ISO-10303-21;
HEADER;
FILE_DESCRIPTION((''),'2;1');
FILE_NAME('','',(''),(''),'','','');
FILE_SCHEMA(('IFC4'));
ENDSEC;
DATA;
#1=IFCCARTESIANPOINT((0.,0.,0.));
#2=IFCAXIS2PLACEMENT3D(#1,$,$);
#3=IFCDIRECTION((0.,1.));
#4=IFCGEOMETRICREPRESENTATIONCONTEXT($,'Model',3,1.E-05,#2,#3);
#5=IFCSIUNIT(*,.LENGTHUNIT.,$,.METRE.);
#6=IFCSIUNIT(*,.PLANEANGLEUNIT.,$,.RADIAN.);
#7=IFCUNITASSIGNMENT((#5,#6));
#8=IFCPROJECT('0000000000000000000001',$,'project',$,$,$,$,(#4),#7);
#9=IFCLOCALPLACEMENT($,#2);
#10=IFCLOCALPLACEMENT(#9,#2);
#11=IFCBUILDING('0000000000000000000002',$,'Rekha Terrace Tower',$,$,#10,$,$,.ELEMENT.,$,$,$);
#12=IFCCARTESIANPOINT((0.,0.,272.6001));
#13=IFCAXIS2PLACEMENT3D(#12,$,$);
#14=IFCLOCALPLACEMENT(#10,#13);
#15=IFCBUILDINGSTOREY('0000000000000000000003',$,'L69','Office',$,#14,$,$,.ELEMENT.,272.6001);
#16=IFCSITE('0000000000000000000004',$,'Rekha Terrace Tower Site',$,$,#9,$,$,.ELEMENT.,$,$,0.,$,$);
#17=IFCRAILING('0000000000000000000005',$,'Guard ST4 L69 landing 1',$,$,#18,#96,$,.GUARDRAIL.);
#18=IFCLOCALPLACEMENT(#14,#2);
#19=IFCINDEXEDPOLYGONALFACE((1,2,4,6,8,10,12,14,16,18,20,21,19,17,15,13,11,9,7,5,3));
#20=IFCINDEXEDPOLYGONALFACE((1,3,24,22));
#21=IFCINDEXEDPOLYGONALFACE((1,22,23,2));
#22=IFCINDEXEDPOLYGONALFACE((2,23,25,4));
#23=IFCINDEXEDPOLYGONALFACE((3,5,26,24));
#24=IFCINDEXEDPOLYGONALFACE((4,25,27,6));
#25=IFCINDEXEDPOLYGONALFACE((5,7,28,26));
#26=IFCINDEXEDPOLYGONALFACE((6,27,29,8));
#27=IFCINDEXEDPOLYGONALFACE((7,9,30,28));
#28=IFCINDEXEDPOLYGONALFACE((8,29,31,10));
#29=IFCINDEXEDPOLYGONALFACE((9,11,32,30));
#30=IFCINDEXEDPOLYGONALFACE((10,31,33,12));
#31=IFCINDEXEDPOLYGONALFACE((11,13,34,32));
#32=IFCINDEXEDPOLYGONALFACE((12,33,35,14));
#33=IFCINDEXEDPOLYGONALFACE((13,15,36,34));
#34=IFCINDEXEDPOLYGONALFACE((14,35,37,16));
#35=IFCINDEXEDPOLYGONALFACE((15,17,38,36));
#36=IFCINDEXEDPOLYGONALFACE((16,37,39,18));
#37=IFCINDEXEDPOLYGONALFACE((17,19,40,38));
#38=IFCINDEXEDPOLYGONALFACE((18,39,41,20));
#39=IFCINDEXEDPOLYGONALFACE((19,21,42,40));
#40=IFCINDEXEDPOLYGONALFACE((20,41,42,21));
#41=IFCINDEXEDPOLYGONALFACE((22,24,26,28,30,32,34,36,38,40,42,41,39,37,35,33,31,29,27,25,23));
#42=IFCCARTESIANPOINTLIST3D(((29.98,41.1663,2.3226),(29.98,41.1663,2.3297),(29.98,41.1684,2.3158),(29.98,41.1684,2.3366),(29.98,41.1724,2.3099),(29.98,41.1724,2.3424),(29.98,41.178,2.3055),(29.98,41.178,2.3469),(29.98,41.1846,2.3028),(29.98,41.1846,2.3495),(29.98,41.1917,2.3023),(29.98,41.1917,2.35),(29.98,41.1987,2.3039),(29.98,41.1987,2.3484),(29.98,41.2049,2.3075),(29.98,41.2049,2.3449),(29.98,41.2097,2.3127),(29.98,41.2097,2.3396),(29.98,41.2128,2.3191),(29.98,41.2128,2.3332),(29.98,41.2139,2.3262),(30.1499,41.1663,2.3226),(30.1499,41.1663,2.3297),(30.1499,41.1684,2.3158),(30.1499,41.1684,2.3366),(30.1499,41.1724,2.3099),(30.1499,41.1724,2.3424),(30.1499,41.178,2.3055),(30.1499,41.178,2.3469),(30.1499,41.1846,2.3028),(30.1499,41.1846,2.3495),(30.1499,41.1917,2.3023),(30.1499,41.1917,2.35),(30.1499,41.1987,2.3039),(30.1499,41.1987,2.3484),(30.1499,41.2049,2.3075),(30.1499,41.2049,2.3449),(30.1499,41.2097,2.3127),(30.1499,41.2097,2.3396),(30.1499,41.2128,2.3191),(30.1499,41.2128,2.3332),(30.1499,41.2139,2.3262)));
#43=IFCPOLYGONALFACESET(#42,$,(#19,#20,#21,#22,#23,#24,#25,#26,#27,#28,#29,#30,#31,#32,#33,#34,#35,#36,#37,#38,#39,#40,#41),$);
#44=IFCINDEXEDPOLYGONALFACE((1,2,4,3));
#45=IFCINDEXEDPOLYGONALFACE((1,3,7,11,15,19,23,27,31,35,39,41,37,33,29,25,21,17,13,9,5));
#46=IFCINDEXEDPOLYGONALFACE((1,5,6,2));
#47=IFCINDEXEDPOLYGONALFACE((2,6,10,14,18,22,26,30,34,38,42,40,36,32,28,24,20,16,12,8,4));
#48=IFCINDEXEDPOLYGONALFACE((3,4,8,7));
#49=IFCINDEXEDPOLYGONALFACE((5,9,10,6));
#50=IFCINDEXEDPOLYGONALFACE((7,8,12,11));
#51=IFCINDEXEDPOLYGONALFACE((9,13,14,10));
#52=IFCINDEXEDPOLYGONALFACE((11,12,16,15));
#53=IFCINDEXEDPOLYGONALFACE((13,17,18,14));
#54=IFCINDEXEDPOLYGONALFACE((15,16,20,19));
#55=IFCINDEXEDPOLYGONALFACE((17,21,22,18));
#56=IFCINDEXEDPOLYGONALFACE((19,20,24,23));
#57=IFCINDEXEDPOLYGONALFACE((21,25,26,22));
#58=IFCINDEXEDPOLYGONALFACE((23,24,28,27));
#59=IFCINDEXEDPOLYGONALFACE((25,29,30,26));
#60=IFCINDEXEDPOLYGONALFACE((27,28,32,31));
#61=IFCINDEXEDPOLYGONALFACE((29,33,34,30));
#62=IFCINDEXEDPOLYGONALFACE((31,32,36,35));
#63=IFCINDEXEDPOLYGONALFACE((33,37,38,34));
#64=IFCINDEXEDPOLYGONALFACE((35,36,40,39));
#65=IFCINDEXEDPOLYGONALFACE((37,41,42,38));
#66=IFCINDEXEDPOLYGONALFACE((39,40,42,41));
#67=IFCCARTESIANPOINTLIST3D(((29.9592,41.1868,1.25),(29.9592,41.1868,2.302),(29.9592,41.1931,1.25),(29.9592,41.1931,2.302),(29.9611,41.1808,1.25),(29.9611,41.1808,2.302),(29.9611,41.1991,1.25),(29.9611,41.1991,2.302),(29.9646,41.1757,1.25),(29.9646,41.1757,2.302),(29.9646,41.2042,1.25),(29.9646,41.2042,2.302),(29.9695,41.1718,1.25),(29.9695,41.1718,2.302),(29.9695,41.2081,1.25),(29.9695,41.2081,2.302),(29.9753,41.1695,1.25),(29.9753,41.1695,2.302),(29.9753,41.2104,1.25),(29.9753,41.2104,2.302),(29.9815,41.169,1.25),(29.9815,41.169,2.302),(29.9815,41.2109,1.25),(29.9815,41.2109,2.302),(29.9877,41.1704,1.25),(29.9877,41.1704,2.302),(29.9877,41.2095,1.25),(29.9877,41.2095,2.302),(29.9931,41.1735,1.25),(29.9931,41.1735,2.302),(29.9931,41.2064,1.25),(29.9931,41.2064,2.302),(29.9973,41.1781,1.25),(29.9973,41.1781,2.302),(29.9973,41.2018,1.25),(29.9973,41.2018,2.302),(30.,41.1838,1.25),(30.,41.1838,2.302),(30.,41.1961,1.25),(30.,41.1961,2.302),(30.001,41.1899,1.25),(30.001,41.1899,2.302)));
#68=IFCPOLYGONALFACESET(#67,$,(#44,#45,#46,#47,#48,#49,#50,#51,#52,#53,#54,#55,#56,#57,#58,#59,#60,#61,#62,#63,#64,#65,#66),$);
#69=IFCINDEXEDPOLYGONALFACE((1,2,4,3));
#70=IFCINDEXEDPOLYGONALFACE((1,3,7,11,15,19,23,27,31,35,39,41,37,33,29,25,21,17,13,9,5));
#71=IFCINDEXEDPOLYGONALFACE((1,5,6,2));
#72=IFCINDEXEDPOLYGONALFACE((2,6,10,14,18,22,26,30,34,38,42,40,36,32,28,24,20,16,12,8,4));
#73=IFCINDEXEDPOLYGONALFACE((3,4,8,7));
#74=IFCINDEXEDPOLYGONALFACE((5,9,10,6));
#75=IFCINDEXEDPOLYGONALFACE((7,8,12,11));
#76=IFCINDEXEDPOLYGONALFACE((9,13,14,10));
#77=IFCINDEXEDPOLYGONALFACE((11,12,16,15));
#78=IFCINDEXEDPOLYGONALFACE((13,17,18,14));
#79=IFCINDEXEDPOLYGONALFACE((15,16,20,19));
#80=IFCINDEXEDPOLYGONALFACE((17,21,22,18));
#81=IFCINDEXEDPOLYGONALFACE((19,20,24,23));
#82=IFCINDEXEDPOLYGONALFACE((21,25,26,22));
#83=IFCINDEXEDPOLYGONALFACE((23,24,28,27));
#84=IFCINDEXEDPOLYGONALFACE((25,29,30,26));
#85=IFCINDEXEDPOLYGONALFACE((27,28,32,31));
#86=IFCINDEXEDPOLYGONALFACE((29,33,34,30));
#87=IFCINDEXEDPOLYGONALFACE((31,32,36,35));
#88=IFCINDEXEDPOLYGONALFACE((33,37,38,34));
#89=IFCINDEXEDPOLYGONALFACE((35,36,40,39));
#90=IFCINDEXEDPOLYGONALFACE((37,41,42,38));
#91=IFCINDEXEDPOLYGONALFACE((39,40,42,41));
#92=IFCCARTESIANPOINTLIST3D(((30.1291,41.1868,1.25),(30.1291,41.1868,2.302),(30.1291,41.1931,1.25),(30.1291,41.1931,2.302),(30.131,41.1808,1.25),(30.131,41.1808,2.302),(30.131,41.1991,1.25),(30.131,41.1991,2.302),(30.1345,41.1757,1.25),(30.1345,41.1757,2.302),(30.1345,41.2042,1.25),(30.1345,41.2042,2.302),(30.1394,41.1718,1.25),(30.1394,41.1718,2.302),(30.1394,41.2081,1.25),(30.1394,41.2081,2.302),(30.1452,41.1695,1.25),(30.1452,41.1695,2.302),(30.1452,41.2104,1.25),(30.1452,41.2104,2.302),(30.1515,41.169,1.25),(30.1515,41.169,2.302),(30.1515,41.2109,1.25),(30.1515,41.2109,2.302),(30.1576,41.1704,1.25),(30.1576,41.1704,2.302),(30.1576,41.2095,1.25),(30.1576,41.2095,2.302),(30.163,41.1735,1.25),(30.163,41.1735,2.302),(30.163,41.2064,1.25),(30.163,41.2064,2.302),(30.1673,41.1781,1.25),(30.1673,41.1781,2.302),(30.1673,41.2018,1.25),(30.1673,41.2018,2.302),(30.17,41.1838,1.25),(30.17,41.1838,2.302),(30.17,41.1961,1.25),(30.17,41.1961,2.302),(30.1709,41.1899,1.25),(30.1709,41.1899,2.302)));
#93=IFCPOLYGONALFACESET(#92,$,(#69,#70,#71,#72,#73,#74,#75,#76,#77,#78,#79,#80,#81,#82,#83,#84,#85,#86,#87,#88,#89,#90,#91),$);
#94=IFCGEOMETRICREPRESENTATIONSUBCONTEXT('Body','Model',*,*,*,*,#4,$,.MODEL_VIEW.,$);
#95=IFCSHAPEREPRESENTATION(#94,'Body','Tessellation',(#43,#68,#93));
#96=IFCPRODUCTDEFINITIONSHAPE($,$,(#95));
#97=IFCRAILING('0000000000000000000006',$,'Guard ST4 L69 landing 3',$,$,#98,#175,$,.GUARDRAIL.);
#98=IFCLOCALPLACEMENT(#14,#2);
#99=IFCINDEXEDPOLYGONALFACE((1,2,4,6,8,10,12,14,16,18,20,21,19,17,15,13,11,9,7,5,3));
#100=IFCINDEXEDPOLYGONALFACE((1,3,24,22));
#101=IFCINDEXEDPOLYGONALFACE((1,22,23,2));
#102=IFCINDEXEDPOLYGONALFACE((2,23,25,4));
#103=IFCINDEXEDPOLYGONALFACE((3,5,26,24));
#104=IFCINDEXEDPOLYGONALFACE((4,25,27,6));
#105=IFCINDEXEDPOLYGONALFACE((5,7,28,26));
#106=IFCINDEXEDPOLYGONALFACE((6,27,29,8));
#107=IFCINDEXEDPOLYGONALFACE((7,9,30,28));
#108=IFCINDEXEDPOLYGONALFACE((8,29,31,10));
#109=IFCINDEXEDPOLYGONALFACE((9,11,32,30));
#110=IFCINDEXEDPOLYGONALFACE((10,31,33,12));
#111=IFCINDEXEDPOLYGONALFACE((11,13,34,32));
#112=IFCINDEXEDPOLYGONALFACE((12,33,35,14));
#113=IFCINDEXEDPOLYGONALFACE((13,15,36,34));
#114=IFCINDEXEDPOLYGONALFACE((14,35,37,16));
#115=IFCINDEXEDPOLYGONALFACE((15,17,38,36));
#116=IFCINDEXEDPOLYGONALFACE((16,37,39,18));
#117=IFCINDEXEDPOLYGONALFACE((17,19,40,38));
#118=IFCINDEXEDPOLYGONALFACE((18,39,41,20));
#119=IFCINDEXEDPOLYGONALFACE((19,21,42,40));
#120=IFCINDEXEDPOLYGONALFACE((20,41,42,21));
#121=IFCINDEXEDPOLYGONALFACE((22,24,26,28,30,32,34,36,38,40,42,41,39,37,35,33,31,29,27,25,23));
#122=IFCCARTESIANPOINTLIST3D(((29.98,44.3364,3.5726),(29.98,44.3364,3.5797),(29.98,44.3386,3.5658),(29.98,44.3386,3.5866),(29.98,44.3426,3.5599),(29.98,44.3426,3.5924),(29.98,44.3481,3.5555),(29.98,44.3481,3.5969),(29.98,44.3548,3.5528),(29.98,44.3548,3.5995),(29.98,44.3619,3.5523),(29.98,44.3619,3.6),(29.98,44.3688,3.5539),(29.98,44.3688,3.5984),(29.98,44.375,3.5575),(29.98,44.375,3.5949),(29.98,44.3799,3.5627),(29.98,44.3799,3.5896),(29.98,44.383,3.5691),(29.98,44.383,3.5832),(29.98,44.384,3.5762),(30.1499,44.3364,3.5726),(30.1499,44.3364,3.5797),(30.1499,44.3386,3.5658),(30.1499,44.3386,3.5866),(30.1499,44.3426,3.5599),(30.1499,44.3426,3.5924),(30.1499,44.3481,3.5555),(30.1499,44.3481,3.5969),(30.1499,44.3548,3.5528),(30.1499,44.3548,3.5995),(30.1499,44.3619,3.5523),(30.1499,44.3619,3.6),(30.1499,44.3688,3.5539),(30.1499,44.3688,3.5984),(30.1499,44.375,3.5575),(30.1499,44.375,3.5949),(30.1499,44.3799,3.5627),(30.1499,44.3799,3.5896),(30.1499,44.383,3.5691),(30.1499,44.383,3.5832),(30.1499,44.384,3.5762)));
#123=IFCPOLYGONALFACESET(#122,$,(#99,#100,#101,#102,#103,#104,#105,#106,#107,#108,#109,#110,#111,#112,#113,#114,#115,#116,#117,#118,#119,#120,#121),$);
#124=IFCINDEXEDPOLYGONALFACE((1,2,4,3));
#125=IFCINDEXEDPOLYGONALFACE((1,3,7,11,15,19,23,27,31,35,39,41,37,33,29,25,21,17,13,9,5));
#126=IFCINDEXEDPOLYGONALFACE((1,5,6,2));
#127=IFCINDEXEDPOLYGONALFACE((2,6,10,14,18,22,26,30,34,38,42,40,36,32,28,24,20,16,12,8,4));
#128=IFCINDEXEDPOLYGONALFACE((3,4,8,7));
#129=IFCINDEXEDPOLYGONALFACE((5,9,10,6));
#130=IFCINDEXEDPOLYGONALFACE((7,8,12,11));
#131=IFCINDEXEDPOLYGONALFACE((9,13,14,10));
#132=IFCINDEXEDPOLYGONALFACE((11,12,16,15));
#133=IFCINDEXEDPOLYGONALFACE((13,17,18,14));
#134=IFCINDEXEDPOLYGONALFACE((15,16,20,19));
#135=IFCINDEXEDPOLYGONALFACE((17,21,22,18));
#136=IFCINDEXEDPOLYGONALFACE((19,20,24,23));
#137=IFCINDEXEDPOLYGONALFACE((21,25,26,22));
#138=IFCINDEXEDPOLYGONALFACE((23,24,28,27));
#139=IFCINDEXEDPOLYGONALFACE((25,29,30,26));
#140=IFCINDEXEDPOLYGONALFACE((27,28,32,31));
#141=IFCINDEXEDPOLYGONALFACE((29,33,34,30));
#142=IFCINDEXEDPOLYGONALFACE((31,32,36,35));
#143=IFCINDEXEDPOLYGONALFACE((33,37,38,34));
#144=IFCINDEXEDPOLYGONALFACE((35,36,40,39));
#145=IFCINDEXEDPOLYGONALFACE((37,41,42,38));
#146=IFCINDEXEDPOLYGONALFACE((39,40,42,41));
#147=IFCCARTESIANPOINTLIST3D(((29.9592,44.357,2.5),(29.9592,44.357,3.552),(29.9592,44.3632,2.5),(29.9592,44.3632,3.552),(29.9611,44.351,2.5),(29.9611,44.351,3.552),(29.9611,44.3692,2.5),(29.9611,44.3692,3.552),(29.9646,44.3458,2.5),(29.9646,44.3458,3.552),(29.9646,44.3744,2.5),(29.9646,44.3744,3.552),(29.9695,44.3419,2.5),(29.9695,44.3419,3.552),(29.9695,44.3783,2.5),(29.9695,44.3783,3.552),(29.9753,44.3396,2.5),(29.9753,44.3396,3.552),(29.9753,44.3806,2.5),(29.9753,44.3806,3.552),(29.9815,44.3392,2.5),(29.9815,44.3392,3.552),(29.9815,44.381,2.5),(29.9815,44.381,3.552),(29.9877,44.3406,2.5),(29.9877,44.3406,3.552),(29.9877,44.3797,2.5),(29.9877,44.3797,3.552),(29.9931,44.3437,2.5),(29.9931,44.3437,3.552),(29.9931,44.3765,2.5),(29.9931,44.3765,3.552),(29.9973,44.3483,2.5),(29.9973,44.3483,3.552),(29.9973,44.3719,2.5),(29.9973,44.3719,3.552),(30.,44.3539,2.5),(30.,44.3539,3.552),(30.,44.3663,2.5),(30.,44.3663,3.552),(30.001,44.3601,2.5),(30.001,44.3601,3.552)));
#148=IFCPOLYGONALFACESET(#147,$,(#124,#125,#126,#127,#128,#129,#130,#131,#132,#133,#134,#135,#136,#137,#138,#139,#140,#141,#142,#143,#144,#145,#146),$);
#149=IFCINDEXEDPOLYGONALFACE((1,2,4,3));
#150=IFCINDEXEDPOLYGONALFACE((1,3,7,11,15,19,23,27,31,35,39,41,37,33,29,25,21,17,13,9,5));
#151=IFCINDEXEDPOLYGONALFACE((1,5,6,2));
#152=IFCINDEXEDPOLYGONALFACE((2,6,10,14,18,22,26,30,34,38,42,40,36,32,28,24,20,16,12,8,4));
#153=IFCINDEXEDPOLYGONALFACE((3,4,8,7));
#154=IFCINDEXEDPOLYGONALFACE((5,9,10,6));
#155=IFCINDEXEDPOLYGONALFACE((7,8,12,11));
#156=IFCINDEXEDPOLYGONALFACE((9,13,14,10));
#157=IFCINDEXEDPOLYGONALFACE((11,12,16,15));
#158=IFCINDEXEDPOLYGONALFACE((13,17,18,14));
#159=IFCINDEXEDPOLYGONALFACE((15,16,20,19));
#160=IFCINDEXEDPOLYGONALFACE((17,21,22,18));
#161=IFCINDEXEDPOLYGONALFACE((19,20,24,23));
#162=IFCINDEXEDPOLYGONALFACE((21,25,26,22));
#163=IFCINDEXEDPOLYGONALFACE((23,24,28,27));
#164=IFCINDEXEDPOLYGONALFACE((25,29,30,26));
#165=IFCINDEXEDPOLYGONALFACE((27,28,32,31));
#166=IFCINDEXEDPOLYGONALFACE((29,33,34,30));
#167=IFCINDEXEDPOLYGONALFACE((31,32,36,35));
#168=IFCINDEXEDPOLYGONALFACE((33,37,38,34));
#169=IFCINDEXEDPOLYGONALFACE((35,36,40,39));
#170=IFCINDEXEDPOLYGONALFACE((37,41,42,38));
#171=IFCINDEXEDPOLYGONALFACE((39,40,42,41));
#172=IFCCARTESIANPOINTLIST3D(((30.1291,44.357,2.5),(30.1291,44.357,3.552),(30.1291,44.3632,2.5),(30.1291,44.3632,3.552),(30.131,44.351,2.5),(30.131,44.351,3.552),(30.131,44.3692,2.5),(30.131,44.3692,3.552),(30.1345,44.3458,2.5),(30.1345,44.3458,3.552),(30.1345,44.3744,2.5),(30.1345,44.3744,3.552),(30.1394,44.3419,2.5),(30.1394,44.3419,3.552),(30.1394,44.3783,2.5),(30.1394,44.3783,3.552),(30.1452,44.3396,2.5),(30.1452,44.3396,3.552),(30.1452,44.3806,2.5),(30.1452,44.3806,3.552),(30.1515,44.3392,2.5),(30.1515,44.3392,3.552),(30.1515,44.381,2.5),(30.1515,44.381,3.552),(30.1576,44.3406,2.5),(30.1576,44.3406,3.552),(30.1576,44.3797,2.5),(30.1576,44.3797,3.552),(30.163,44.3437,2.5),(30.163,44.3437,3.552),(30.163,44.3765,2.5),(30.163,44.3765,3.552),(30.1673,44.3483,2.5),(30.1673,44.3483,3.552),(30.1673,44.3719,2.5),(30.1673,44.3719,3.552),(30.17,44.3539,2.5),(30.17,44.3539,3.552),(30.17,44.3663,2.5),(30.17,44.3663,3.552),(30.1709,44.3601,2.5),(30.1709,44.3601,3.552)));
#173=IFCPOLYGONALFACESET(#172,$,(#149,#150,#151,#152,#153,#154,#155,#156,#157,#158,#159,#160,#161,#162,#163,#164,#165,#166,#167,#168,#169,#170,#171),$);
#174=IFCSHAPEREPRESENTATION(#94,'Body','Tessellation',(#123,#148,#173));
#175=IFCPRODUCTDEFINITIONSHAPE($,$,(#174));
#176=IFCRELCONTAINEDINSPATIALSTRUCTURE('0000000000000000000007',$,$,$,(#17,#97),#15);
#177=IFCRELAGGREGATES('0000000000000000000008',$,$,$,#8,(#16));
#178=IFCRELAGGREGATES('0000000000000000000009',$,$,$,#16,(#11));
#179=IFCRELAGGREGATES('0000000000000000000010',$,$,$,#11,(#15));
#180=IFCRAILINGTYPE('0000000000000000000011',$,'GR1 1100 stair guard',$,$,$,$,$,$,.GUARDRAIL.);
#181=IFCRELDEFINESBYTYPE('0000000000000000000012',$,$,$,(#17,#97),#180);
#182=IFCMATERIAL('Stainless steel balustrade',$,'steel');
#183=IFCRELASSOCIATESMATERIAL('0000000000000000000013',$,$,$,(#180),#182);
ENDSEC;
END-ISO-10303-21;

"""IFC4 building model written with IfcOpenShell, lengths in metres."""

from ifc_helpers import new_model, si_unit, direction, frame, origin, origin_2d, place, context, subcontext, project, spatial, circle, extrude, material, type_object, element, save


model = new_model("IFC4")

# Units and contexts
model_context = context("Model", 3, precision=1e-05, world=origin(), true_north=direction((0.0, 1.0)))
body_context = subcontext(model_context, "Body", "Model", "MODEL_VIEW")
ifc_project = project(units=[si_unit("LENGTHUNIT", "METRE"), si_unit("PLANEANGLEUNIT", "RADIAN")], contexts=[model_context])

# Site, building, storey
site_placement = place(None, origin())
site = spatial("IfcSite", under=ifc_project, at=site_placement, Name="Rekha Terrace Tower Site", CompositionType="ELEMENT", RefElevation=0.0)
building_placement = place(site_placement, origin())
building = spatial("IfcBuilding", under=site, at=building_placement, Name="Rekha Terrace Tower", CompositionType="ELEMENT")
storey_placement = place(building_placement, frame((0.0, 0.0, 272.6001)))
storey = spatial("IfcBuildingStorey", under=building, at=storey_placement, Name="L69", Description="Office", CompositionType="ELEMENT", Elevation=272.6001)

# Railings
ifc_material_1 = material(Name="Stainless steel balustrade", Category="steel")
railing_type_1 = type_object("IfcRailingType", Name="GR1 1100 stair guard", PredefinedType="GUARDRAIL", material=ifc_material_1)
for number, where, name in (
    (1, (29.98, 41.1899, 1.25), "Guard ST4 L69 landing 1"),
    (2, (29.98, 44.3601, 2.5), "Guard ST4 L69 landing 3"),
):
    element("IfcRailing", number, at=place(storey_placement, frame(where)), inside=storey, type_object=railing_type_1, Name=name, PredefinedType="GUARDRAIL", context=body_context, shape_type="SweptSolid", body=[
        extrude(circle(Radius=0.0239, at=origin_2d()), frame((0.0, 0.0, 1.0762), z_axis=(1.0, 0.0, 0.0), x_axis=(0.0, 1.0, 0.0)), (0.0, 0.0, 1.0), 0.1699),
        extrude(circle(Radius=0.021, at=origin_2d()), origin(), (0.0, 0.0, 1.0), 1.052),
        extrude(circle(Radius=0.021, at=origin_2d()), frame((0.1699, 0.0, 0.0)), (0.0, 0.0, 1.0), 1.052),
    ])

save(model, "model.ifc")
